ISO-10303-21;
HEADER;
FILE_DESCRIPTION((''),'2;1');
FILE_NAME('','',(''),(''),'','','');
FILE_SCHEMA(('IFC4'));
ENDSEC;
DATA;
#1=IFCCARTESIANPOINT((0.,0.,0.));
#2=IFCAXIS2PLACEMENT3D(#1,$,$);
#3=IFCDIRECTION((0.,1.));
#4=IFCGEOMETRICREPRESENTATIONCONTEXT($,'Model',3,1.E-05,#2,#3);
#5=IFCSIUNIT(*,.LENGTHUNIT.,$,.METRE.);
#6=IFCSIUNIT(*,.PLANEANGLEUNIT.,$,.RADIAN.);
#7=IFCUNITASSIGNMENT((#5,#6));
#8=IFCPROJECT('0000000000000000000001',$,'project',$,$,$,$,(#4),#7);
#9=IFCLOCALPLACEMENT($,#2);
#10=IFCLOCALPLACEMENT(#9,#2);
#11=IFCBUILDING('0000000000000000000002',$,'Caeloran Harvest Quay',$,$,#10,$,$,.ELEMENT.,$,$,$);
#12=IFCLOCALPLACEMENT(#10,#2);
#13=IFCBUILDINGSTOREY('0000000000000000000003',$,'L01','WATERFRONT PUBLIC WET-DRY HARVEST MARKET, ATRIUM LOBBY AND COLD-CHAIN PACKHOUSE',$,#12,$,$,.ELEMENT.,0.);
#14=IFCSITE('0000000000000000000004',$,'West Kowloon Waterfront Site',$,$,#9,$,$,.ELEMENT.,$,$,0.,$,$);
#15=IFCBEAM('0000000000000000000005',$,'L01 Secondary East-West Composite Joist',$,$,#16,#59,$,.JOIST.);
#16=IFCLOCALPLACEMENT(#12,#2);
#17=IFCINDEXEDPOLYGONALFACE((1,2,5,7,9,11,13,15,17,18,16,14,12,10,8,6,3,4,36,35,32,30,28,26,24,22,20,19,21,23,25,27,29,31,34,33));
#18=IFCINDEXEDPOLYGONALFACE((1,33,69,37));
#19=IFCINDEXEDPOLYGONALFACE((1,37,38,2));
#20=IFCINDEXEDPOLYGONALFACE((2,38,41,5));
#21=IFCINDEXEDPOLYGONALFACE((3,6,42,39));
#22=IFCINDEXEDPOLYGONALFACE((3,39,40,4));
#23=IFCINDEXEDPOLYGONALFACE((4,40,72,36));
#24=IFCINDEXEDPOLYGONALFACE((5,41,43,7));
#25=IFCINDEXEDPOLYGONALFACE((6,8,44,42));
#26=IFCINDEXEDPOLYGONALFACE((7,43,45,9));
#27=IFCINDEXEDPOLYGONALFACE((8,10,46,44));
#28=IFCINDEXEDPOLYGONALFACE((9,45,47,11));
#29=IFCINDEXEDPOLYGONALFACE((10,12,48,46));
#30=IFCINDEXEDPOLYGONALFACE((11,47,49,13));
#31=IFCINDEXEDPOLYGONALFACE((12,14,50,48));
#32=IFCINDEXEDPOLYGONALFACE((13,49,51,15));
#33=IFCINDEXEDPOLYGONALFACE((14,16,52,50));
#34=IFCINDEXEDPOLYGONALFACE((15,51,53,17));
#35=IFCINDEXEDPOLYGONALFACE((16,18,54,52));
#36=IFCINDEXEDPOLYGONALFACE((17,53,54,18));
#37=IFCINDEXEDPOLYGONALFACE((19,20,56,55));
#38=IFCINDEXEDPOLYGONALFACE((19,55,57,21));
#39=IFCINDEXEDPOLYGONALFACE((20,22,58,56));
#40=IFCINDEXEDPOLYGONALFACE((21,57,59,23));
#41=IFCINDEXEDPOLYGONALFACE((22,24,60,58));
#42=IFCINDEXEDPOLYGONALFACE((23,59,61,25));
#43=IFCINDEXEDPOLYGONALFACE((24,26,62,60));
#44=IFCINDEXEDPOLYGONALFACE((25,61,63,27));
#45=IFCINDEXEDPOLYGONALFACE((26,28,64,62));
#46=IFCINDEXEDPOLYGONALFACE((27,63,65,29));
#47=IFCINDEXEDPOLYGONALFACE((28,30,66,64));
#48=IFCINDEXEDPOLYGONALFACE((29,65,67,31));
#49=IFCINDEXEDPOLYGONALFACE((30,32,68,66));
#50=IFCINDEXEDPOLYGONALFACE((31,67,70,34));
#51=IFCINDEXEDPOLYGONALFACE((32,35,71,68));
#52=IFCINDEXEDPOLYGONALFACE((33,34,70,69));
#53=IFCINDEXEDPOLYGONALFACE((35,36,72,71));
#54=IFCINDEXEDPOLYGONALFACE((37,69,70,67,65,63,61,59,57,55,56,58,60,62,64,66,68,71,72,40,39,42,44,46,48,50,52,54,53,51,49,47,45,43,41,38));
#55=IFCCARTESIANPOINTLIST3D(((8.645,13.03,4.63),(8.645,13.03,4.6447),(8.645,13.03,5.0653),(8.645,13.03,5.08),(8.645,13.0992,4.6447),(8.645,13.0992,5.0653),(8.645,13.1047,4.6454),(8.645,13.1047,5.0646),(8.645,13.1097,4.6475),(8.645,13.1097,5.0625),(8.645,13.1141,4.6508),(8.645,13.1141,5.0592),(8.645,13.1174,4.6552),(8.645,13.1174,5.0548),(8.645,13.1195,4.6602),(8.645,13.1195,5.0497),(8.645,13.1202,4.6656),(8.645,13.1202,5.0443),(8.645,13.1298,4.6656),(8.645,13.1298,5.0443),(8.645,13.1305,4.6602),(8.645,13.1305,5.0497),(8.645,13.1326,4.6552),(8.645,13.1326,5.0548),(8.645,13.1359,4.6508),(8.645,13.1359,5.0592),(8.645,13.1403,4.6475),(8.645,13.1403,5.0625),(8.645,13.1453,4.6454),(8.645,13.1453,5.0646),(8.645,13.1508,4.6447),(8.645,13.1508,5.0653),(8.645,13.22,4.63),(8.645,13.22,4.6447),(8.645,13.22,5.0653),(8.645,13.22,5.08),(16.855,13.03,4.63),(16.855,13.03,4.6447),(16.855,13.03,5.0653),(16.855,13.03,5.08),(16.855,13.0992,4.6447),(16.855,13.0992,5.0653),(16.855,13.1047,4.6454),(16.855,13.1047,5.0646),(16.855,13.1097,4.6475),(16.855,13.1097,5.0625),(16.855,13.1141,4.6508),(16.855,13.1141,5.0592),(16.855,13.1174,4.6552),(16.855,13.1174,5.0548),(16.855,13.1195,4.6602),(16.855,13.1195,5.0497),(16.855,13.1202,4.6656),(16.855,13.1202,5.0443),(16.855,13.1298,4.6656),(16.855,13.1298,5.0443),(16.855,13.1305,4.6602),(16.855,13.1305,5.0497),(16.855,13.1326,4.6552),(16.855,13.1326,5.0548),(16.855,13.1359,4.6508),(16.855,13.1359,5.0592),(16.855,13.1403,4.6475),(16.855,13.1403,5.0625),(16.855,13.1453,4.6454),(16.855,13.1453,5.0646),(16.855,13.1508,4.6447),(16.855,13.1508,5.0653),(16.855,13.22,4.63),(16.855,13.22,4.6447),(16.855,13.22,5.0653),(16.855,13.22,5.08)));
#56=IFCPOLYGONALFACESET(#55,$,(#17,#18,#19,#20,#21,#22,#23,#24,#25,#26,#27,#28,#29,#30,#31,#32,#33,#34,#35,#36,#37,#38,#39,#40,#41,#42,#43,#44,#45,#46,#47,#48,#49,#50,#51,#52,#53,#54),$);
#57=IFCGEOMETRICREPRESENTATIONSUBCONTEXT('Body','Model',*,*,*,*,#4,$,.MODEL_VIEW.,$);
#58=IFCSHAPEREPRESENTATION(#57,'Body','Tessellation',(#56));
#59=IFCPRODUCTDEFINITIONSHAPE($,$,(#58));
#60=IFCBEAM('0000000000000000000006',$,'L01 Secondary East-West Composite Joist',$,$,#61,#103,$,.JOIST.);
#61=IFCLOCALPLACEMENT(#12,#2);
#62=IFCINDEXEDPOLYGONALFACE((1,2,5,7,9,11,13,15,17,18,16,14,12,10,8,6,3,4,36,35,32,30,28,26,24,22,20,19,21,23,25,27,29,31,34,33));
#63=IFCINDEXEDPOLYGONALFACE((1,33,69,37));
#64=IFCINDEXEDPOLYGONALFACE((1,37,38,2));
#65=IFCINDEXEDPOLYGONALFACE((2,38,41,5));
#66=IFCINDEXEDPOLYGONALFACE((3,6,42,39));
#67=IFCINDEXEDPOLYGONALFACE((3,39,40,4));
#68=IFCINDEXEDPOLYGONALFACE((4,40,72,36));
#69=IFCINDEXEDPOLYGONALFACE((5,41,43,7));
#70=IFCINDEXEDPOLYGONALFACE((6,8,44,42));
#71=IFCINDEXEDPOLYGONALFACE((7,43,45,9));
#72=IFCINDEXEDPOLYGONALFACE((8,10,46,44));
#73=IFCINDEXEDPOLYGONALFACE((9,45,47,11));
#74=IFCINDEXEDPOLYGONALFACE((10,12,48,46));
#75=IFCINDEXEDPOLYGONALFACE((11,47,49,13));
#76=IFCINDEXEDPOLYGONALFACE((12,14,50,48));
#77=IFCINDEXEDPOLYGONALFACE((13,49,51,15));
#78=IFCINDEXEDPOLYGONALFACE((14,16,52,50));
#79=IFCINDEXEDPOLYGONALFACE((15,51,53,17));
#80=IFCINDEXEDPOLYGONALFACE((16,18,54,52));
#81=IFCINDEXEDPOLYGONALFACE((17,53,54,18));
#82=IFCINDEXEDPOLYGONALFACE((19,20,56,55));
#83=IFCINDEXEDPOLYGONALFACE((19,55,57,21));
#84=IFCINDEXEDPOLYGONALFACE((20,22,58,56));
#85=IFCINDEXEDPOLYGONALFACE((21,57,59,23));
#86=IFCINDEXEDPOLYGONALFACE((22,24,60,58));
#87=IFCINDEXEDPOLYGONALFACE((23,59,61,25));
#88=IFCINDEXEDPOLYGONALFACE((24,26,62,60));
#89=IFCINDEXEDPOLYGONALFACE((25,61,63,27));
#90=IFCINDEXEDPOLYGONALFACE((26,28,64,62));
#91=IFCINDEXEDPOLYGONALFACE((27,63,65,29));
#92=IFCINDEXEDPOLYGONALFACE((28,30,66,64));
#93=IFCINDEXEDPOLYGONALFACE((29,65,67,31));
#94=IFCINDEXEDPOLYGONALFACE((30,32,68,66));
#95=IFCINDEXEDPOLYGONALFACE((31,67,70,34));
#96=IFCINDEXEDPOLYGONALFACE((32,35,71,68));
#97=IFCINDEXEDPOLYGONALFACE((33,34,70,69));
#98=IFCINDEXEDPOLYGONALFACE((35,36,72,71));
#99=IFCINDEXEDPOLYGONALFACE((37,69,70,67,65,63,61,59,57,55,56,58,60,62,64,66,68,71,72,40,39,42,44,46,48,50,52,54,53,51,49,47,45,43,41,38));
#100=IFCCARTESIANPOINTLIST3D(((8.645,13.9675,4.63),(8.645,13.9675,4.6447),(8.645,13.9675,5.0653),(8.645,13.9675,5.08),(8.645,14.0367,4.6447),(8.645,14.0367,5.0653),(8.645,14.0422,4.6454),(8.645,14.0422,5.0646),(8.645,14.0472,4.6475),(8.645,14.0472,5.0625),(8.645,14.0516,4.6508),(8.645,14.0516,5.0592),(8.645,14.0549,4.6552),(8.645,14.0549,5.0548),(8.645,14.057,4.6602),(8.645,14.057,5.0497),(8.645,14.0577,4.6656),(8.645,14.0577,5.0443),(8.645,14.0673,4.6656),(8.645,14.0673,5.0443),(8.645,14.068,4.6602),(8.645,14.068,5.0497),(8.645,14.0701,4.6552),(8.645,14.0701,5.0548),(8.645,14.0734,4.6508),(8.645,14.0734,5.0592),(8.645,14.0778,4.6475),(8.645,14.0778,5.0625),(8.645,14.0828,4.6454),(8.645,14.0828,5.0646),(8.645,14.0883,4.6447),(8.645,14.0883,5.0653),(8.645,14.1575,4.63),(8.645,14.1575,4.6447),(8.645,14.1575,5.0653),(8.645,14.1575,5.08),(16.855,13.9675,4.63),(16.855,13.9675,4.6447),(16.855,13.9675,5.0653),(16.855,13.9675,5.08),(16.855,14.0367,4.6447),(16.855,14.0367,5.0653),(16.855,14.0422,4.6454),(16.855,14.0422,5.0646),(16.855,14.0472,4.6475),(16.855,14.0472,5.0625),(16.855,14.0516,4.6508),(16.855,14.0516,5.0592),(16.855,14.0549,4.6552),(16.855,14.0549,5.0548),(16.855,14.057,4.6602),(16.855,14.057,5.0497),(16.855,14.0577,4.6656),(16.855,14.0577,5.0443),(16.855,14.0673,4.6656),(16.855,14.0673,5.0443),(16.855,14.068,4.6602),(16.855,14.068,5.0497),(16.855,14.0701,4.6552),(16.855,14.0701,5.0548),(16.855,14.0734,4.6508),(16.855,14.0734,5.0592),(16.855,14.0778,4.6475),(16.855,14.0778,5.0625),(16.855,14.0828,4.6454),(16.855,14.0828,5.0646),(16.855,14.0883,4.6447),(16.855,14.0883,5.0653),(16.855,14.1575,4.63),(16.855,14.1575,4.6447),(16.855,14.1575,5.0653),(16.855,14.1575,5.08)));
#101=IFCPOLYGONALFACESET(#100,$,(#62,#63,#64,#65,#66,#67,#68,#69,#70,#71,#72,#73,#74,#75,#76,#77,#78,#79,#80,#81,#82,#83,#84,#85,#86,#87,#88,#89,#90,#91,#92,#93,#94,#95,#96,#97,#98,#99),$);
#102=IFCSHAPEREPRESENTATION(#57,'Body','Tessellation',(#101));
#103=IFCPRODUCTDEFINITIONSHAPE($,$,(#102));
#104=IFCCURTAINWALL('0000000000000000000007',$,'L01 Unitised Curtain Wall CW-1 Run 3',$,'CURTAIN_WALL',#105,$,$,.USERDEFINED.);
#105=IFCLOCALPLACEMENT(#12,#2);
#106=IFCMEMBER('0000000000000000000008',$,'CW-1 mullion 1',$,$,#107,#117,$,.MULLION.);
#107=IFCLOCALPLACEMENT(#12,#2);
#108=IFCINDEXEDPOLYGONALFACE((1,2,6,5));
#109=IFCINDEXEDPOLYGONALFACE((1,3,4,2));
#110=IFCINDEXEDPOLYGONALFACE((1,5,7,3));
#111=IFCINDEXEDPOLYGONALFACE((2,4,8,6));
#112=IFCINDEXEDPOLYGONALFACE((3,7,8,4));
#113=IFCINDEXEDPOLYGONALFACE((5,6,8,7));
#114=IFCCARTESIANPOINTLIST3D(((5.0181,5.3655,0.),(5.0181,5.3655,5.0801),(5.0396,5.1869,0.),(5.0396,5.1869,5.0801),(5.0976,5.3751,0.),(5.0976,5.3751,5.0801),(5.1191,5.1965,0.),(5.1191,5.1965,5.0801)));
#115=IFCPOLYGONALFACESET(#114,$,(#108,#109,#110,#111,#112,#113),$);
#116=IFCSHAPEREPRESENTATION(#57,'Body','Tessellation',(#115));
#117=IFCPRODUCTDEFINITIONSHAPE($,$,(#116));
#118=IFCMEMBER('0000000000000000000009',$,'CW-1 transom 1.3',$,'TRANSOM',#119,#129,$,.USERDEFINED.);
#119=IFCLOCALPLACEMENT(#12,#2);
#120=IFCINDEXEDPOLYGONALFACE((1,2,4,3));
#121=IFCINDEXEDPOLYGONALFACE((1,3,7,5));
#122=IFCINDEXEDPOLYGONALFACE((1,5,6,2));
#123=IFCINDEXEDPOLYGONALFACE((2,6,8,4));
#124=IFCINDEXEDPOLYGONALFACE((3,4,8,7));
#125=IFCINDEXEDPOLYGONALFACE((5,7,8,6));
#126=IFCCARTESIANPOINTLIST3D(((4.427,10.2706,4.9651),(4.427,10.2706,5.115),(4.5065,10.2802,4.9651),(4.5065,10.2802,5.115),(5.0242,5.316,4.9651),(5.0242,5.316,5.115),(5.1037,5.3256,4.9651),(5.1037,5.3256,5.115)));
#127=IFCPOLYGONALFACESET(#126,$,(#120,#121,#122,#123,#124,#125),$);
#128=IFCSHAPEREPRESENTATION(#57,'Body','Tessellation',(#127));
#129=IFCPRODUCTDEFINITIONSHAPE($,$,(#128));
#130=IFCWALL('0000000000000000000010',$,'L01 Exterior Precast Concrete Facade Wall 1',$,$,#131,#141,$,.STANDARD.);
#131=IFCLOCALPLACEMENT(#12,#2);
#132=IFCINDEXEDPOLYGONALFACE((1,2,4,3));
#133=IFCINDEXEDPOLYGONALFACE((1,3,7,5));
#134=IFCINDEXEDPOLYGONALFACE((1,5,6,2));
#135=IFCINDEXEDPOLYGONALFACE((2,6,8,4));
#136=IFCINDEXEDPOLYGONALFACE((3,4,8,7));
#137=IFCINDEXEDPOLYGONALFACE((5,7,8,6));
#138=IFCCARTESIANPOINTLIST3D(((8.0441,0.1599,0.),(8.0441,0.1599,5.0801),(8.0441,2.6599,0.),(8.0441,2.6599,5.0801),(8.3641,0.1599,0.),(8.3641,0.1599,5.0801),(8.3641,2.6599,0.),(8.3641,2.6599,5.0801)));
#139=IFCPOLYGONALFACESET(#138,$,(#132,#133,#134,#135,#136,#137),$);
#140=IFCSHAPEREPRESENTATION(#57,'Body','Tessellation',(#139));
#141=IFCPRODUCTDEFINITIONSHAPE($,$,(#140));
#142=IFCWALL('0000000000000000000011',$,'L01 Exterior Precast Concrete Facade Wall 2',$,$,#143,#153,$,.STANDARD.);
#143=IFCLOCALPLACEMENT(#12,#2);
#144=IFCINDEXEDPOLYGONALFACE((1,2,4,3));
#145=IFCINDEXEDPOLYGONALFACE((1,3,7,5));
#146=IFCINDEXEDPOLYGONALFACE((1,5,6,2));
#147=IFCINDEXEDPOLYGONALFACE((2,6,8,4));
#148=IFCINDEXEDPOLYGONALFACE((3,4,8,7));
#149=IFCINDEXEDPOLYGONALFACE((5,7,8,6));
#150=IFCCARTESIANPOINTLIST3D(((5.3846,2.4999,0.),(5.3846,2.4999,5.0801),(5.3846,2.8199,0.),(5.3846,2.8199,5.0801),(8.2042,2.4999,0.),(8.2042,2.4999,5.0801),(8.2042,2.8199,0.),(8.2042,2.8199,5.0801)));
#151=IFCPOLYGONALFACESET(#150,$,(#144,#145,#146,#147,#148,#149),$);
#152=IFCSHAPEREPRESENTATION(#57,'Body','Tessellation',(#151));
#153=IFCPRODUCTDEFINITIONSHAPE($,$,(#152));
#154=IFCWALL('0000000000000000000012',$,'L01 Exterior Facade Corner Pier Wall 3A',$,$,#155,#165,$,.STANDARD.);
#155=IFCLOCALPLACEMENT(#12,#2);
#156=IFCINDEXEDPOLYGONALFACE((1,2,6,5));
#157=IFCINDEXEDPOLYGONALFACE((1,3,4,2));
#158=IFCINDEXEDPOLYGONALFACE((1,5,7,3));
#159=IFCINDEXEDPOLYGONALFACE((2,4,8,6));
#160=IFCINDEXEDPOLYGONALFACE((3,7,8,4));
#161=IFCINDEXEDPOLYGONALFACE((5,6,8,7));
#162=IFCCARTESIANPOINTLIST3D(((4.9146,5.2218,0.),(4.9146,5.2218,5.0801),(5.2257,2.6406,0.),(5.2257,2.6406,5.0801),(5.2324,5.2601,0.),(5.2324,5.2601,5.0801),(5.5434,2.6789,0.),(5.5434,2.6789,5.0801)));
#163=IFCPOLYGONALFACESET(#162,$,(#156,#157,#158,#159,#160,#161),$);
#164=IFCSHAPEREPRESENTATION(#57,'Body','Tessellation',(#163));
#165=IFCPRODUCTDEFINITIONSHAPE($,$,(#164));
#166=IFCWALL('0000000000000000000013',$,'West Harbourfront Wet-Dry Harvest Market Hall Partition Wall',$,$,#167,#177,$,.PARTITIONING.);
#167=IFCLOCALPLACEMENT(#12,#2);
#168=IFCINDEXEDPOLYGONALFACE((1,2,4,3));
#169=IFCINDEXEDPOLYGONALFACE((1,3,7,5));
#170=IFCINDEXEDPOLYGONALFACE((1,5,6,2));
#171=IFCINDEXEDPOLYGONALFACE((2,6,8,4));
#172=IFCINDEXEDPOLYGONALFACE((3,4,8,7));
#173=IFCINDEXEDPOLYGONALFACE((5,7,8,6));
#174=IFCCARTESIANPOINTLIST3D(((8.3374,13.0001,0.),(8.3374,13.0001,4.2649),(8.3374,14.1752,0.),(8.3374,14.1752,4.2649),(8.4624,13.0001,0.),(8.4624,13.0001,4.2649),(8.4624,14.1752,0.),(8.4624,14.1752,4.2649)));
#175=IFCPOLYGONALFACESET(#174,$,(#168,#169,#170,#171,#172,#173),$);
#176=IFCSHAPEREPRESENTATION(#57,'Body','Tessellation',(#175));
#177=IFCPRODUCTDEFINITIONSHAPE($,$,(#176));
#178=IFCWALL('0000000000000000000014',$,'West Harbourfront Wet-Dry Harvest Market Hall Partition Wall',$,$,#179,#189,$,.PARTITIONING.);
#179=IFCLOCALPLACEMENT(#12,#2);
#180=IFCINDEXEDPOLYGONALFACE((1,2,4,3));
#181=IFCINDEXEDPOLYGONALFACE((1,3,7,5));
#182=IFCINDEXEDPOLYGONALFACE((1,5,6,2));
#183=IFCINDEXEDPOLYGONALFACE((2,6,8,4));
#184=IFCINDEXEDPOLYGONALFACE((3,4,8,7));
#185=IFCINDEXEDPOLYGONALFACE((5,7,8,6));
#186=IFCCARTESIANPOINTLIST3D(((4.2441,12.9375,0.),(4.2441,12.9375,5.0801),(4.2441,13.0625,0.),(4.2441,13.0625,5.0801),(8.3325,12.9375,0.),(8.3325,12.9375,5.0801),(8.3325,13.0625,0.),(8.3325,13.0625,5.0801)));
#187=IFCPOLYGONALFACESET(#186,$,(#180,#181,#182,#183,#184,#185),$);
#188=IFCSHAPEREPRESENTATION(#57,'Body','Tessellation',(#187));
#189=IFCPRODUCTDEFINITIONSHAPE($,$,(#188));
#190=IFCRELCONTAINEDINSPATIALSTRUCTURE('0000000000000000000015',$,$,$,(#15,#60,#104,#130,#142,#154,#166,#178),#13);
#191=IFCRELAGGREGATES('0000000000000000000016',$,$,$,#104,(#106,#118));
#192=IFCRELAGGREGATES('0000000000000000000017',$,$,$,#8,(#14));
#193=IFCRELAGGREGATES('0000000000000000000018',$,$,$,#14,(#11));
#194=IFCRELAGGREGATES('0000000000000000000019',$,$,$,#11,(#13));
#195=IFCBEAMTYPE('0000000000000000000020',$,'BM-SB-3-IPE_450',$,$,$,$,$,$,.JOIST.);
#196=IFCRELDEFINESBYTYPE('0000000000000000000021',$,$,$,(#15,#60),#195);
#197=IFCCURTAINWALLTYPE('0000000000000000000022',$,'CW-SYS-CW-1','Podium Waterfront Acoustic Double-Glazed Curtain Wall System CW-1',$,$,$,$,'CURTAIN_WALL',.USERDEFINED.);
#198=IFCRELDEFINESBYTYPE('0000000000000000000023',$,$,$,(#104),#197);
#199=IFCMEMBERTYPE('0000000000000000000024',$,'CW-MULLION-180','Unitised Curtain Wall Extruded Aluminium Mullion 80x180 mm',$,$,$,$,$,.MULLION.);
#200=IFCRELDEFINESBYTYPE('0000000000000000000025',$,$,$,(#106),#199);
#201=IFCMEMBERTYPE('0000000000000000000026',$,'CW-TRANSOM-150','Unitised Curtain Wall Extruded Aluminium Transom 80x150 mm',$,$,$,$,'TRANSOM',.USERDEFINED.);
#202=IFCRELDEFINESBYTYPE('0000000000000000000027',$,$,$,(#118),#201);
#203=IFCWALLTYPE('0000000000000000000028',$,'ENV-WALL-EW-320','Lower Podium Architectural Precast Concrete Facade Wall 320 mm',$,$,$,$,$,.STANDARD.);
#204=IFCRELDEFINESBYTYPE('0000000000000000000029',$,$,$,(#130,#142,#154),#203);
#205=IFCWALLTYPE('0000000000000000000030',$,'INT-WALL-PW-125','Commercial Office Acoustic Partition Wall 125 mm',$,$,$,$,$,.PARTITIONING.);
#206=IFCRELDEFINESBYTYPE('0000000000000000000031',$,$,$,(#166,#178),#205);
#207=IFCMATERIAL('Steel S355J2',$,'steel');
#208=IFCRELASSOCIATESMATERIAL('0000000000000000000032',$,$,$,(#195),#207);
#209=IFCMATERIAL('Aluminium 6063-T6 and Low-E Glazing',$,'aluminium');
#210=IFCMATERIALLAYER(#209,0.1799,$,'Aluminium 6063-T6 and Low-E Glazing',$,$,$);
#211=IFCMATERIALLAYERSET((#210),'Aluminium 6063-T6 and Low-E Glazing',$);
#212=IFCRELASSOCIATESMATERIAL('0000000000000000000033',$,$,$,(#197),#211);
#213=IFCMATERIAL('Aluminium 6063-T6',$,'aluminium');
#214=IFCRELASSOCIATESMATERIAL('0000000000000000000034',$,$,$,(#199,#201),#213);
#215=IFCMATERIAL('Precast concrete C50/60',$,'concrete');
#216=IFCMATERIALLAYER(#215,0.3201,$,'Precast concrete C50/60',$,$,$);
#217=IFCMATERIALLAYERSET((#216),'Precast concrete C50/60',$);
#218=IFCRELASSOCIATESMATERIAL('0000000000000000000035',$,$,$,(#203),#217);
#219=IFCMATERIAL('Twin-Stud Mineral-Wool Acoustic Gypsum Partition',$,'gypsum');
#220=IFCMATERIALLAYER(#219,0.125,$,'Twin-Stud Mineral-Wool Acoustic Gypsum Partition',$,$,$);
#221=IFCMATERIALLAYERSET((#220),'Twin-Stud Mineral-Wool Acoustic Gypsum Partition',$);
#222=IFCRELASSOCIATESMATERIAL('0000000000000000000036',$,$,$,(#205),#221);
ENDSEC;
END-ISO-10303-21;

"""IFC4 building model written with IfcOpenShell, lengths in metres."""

from ifc_helpers import new_model, si_unit, direction, frame, frame_2d, origin, origin_2d, place, context, subcontext, project, spatial, rectangle, i_section, extrude, material, layer, layer_set, material_profile, profile_set, type_object, element, aggregate, save


model = new_model("IFC4")

# Units and contexts
model_context = context("Model", 3, precision=1e-05, world=origin(), true_north=direction((0.0, 1.0)))
body_context = subcontext(model_context, "Body", "Model", "MODEL_VIEW")
ifc_project = project(units=[si_unit("LENGTHUNIT", "METRE"), si_unit("PLANEANGLEUNIT", "RADIAN")], contexts=[model_context])

# Site, building, storey
site_placement = place(None, origin())
site = spatial("IfcSite", under=ifc_project, at=site_placement, Name="West Kowloon Waterfront Site", CompositionType="ELEMENT", RefElevation=0.0)
building_placement = place(site_placement, origin())
building = spatial("IfcBuilding", under=site, at=building_placement, Name="Caeloran Harvest Quay", CompositionType="ELEMENT")
storey_placement = place(building_placement, origin())
storey = spatial("IfcBuildingStorey", under=building, at=storey_placement, Name="L01", Description="WATERFRONT PUBLIC WET-DRY HARVEST MARKET, ATRIUM LOBBY AND COLD-CHAIN PACKHOUSE", CompositionType="ELEMENT", Elevation=0.0)

# Beams
ifc_material_1 = material(Name="Steel S355J2", Category="steel")
ifc_material_profile_1 = material_profile(ifc_material_1, i_section(OverallWidth=0.1899, OverallDepth=0.45, WebThickness=0.0095, FlangeThickness=0.0146, FilletRadius=0.021, at=origin_2d()), Name="IPE 450")
ifc_profile_set_1 = profile_set([ifc_material_profile_1], Name="Steel S355J2")
beam_type_1 = type_object("IfcBeamType", Name="BM-SB-3-IPE_450", PredefinedType="JOIST", material=ifc_profile_set_1)
for number, where, z_axis, x_axis, name in (
    (1, (8.645, 13.125, 4.855), (1.0, 0.0, 0.0), (0.0, 1.0, 0.0), "L01 Secondary East-West Composite Joist"),
    (2, (8.645, 14.0625, 4.855), (1.0, 0.0, 0.0), (0.0, 1.0, 0.0), "L01 Secondary East-West Composite Joist"),
):
    element("IfcBeam", number, at=place(storey_placement, frame(where, z_axis=z_axis, x_axis=x_axis)), inside=storey, type_object=beam_type_1, Name=name, PredefinedType="JOIST", context=body_context, shape_type="SweptSolid", body=[
        extrude(i_section(OverallWidth=0.1899, OverallDepth=0.45, WebThickness=0.0095, FlangeThickness=0.0146, FilletRadius=0.021, at=origin_2d()), origin(), (0.0, 0.0, 1.0), 8.21),
    ])

# Curtain wall, members
ifc_material_2 = material(Name="Aluminium 6063-T6 and Low-E Glazing", Category="aluminium")
ifc_layer_1 = layer(ifc_material_2, 0.1799, Name="Aluminium 6063-T6 and Low-E Glazing")
ifc_layer_set_1 = layer_set([ifc_layer_1], Name="Aluminium 6063-T6 and Low-E Glazing")
curtain_wall_type = type_object("IfcCurtainWallType", Name="CW-SYS-CW-1", Description="Podium Waterfront Acoustic Double-Glazed Curtain Wall System CW-1", ElementType="CURTAIN_WALL", PredefinedType="USERDEFINED", material=ifc_layer_set_1)
curtain_wall_placement = place(storey_placement, origin())
curtain_wall = element("IfcCurtainWall", 3, at=curtain_wall_placement, inside=storey, type_object=curtain_wall_type, Name="L01 Unitised Curtain Wall CW-1 Run 3", ObjectType="CURTAIN_WALL", PredefinedType="USERDEFINED")
ifc_material_3 = material(Name="Aluminium 6063-T6", Category="aluminium")
ifc_material_profile_2 = material_profile(ifc_material_3, rectangle(XDim=0.0801, YDim=0.1799, at=origin_2d()), Name="CW-MULLION-180")
ifc_profile_set_2 = profile_set([ifc_material_profile_2], Name="Aluminium 6063-T6")
member_type_1 = type_object("IfcMemberType", Name="CW-MULLION-180", Description="Unitised Curtain Wall Extruded Aluminium Mullion 80x180 mm", PredefinedType="MULLION", material=ifc_profile_set_2)
member_1_placement = place(storey_placement, frame((5.0686, 5.281, 0.0), z_axis=(0.0, 0.0, 1.0), x_axis=(-0.992815, -0.119658, 0.0)))
member_1 = element("IfcMember", 4, at=member_1_placement, type_object=member_type_1, Name="CW-1 mullion 1", PredefinedType="MULLION", context=body_context, shape_type="SweptSolid", body=[
    extrude(rectangle(XDim=0.0801, YDim=0.1799, at=origin_2d()), origin(), (0.0, 0.0, 1.0), 5.0801),
])
ifc_material_profile_3 = material_profile(ifc_material_3, rectangle(XDim=0.0801, YDim=0.1499, at=origin_2d()), Name="CW-TRANSOM-150")
ifc_profile_set_3 = profile_set([ifc_material_profile_3], Name="Aluminium 6063-T6")
member_type_2 = type_object("IfcMemberType", Name="CW-TRANSOM-150", Description="Unitised Curtain Wall Extruded Aluminium Transom 80x150 mm", ElementType="TRANSOM", PredefinedType="USERDEFINED", material=ifc_profile_set_3)
member_2_placement = place(storey_placement, frame((5.064, 5.3208, 5.04), z_axis=(-0.119662, 0.992815, 0.0), x_axis=(-0.992815, -0.119662, 0.0)))
member_2 = element("IfcMember", 5, at=member_2_placement, type_object=member_type_2, Name="CW-1 transom 1.3", ObjectType="TRANSOM", PredefinedType="USERDEFINED", context=body_context, shape_type="SweptSolid", body=[
    extrude(rectangle(XDim=0.0801, YDim=0.1499, at=origin_2d()), origin(), (0.0, 0.0, 1.0), 4.9905),
])
aggregate(curtain_wall, [member_1, member_2])

# Walls
ifc_material_4 = material(Name="Precast concrete C50/60", Category="concrete")
ifc_layer_2 = layer(ifc_material_4, 0.3201, Name="Precast concrete C50/60")
ifc_layer_set_2 = layer_set([ifc_layer_2], Name="Precast concrete C50/60")
wall_type_1 = type_object("IfcWallType", Name="ENV-WALL-EW-320", Description="Lower Podium Architectural Precast Concrete Facade Wall 320 mm", PredefinedType="STANDARD", material=ifc_layer_set_2)
wall_1_placement = place(storey_placement, frame((8.2041, 0.1599, 0.0), z_axis=(0.0, 0.0, 1.0), x_axis=(0.0, 1.0, 0.0)))
element("IfcWall", 6, at=wall_1_placement, inside=storey, type_object=wall_type_1, Name="L01 Exterior Precast Concrete Facade Wall 1", PredefinedType="STANDARD", context=body_context, shape_type="SweptSolid", body=[
    extrude(rectangle(XDim=2.5, YDim=0.3201, at=frame_2d((1.25, 0.0))), origin(), (0.0, 0.0, 1.0), 5.0801),
])
wall_2_placement = place(storey_placement, frame((8.2041, 2.6599, 0.0), z_axis=(0.0, 0.0, 1.0), x_axis=(-1.0, 0.0, 0.0)))
element("IfcWall", 7, at=wall_2_placement, inside=storey, type_object=wall_type_1, Name="L01 Exterior Precast Concrete Facade Wall 2", PredefinedType="STANDARD", context=body_context, shape_type="SweptSolid", body=[
    extrude(rectangle(XDim=2.8196, YDim=0.3201, at=frame_2d((1.4097, 0.0))), origin(), (0.0, 0.0, 1.0), 5.0801),
])
wall_3_placement = place(storey_placement, frame((5.3845, 2.6599, 0.0), z_axis=(0.0, 0.0, 1.0), x_axis=(-0.11963, 0.992819, 0.0)))
element("IfcWall", 8, at=wall_3_placement, inside=storey, type_object=wall_type_1, Name="L01 Exterior Facade Corner Pier Wall 3A", PredefinedType="STANDARD", context=body_context, shape_type="SweptSolid", body=[
    extrude(rectangle(XDim=2.5999, YDim=0.3201, at=frame_2d((1.2998, 0.0))), origin(), (0.0, 0.0, 1.0), 5.0801),
])
ifc_material_5 = material(Name="Twin-Stud Mineral-Wool Acoustic Gypsum Partition", Category="gypsum")
ifc_layer_3 = layer(ifc_material_5, 0.125, Name="Twin-Stud Mineral-Wool Acoustic Gypsum Partition")
ifc_layer_set_3 = layer_set([ifc_layer_3], Name="Twin-Stud Mineral-Wool Acoustic Gypsum Partition")
wall_type_2 = type_object("IfcWallType", Name="INT-WALL-PW-125", Description="Commercial Office Acoustic Partition Wall 125 mm", PredefinedType="PARTITIONING", material=ifc_layer_set_3)
wall_4_placement = place(storey_placement, frame((8.3999, 14.175, 0.0), z_axis=(0.0, 0.0, 1.0), x_axis=(0.0, -1.0, 0.0)))
element("IfcWall", 9, at=wall_4_placement, inside=storey, type_object=wall_type_2, Name="West Harbourfront Wet-Dry Harvest Market Hall Partition Wall", PredefinedType="PARTITIONING", context=body_context, shape_type="SweptSolid", body=[
    extrude(rectangle(XDim=1.175, YDim=0.125, at=frame_2d((0.5874, 0.0))), origin(), (0.0, 0.0, 1.0), 4.2649),
])
wall_5_placement = place(storey_placement, frame((8.3325, 13.0, 0.0), z_axis=(0.0, 0.0, 1.0), x_axis=(-1.0, 0.0, 0.0)))
element("IfcWall", 10, at=wall_5_placement, inside=storey, type_object=wall_type_2, Name="West Harbourfront Wet-Dry Harvest Market Hall Partition Wall", PredefinedType="PARTITIONING", context=body_context, shape_type="SweptSolid", body=[
    extrude(rectangle(XDim=4.0884, YDim=0.125, at=frame_2d((2.0442, 0.0))), origin(), (0.0, 0.0, 1.0), 5.0801),
])

save(model, "model.ifc")
